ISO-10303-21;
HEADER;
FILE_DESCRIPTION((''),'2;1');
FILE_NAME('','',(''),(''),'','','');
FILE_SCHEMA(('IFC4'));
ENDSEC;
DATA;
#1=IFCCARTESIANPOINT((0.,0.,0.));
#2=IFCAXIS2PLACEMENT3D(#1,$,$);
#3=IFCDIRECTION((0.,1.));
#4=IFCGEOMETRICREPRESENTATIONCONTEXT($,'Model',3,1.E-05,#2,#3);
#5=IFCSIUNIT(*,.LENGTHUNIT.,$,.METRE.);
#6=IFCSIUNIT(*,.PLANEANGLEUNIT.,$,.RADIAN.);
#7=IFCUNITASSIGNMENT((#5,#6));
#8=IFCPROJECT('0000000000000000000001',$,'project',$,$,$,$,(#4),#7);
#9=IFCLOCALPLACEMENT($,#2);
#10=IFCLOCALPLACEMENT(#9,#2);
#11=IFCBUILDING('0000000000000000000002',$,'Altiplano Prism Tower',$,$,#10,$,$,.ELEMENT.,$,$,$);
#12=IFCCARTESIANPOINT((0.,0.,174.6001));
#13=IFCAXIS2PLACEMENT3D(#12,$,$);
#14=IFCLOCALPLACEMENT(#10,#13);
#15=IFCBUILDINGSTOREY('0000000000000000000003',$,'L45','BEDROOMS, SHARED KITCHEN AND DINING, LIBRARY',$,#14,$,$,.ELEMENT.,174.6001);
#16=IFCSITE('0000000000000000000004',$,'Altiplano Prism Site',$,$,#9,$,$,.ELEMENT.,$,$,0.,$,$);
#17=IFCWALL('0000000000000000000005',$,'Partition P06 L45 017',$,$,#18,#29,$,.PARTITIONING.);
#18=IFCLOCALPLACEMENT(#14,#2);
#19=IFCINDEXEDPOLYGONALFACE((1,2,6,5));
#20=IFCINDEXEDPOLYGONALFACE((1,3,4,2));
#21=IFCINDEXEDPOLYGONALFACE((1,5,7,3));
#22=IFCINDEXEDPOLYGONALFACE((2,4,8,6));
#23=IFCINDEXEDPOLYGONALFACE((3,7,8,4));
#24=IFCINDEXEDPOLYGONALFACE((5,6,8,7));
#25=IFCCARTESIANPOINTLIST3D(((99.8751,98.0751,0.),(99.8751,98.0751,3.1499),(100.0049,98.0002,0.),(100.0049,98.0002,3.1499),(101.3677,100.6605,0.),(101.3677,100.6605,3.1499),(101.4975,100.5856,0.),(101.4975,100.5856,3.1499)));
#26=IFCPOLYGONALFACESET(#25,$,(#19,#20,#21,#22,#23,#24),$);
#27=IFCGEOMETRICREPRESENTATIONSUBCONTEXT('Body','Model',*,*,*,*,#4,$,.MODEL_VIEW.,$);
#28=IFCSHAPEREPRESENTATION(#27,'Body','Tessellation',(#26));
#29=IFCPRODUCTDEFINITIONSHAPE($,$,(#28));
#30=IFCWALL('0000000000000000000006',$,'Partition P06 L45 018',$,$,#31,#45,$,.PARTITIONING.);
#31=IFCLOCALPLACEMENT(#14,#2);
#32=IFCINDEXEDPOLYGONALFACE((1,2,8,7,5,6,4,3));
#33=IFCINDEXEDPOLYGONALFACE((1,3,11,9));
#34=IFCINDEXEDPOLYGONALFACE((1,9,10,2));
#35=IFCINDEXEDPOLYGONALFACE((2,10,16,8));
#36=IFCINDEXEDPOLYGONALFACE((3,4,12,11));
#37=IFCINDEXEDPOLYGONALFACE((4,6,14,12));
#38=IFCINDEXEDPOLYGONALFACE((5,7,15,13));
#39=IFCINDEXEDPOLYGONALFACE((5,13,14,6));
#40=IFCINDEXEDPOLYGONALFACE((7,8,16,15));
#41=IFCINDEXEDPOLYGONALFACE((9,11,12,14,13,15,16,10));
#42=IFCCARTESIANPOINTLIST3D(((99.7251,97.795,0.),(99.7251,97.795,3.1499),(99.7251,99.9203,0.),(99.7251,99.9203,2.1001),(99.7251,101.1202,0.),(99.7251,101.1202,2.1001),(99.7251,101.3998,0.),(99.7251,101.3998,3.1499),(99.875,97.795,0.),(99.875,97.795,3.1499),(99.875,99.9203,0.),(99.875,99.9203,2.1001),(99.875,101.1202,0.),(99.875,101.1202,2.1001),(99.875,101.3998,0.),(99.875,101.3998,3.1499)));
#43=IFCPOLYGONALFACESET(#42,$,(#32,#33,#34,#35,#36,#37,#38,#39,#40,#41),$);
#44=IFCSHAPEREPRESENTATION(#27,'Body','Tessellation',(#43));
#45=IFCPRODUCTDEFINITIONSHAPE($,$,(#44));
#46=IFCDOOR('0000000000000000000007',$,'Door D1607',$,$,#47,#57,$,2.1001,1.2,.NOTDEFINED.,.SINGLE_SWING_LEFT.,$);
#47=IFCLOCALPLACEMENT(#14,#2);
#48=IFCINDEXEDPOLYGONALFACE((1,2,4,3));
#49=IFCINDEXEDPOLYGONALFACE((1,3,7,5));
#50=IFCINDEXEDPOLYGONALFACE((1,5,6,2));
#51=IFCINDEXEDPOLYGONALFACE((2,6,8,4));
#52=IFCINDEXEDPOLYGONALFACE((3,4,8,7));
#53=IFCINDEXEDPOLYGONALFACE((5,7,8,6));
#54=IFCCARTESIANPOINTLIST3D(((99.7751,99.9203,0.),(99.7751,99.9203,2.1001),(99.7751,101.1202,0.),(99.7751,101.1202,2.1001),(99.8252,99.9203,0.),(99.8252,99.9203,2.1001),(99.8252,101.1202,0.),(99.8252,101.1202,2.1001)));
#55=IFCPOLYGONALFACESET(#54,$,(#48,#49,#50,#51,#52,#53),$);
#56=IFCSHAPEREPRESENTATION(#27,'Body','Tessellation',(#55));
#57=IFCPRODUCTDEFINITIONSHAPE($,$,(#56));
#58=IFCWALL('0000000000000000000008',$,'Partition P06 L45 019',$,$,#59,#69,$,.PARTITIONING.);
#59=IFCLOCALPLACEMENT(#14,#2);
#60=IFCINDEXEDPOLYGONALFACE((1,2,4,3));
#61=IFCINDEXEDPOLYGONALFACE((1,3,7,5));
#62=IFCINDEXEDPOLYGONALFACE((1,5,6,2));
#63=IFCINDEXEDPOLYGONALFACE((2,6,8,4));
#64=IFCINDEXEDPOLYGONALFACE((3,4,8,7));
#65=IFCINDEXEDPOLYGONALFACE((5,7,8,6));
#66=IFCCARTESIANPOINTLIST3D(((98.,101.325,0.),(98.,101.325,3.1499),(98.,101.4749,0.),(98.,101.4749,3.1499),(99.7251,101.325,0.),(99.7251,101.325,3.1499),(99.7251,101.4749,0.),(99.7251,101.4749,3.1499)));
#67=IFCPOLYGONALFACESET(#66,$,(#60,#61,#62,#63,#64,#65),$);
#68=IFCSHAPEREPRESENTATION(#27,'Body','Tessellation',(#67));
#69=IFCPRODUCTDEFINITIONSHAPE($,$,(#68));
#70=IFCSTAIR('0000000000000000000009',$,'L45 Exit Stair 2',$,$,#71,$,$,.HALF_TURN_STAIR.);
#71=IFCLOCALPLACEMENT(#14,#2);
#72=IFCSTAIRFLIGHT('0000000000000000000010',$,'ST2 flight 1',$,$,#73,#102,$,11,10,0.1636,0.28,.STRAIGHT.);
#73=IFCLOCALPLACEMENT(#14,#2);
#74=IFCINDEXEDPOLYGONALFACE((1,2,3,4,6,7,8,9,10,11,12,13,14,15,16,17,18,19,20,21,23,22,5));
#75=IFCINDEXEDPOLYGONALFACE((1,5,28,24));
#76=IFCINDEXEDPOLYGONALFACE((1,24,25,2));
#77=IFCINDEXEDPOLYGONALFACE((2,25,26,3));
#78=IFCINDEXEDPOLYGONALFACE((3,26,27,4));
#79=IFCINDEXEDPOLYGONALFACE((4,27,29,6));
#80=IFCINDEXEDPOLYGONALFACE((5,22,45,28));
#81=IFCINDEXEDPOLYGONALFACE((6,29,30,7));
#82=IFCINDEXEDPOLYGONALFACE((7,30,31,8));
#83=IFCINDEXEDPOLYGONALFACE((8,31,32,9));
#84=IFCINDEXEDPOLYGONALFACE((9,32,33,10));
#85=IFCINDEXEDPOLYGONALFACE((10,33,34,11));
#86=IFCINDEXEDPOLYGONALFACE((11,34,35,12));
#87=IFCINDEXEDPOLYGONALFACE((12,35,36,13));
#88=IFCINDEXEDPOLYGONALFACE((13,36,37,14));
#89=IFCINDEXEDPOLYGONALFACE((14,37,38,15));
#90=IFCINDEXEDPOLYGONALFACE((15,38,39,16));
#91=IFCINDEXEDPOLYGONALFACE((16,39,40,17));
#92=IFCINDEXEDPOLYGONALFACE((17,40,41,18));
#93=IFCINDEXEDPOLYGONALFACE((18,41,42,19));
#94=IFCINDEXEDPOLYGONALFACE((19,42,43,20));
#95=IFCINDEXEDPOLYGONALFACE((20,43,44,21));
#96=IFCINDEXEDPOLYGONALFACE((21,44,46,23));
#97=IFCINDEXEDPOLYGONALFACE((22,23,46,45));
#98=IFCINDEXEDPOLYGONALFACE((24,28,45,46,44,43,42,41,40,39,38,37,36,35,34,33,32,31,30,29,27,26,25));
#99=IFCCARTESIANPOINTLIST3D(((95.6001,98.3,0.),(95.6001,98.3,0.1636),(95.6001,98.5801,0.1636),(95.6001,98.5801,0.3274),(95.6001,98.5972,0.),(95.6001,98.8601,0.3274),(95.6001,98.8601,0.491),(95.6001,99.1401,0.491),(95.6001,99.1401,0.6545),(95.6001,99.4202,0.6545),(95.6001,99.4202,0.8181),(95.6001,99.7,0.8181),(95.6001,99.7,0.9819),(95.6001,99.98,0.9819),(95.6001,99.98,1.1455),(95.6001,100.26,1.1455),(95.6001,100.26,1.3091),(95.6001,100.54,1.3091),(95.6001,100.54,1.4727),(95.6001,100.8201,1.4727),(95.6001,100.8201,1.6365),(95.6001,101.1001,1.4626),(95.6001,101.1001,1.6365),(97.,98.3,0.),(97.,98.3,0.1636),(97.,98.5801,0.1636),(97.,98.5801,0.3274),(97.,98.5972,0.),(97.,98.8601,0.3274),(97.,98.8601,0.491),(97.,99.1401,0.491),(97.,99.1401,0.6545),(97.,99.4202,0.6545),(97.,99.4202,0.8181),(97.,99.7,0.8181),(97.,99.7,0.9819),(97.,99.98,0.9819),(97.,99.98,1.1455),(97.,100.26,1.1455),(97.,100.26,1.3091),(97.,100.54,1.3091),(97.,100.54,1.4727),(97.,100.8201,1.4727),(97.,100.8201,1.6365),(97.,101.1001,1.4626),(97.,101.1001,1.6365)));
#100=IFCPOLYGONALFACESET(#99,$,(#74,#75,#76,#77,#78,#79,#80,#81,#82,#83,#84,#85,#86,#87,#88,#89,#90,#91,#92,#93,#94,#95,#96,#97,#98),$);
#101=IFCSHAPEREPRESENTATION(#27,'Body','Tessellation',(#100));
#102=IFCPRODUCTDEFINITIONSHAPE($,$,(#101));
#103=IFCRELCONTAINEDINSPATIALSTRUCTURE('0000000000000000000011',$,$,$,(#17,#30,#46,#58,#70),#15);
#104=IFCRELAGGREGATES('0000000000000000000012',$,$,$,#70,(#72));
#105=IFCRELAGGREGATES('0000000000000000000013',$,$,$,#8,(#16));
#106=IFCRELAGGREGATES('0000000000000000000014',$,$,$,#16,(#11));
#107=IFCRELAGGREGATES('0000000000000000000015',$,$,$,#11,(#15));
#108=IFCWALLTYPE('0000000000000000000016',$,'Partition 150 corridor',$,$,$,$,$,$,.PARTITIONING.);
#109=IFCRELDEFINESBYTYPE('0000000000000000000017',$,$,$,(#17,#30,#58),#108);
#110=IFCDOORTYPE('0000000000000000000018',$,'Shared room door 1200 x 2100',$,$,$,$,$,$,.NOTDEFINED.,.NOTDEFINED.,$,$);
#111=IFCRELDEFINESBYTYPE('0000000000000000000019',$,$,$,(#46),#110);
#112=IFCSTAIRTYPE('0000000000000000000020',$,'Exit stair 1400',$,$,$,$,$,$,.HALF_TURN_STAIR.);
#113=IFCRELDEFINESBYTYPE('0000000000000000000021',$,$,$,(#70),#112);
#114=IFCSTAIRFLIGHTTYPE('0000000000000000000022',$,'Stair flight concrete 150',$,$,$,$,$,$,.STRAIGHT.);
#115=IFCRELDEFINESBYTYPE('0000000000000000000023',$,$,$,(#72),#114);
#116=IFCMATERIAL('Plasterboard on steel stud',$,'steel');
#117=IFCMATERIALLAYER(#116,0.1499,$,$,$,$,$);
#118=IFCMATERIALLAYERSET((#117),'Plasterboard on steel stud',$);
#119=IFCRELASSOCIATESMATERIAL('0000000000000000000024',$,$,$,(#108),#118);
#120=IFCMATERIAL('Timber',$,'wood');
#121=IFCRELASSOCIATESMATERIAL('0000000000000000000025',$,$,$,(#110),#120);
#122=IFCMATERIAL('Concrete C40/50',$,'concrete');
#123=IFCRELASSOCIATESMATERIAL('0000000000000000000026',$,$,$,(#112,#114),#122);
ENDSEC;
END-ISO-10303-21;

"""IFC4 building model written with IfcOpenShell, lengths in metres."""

from ifc_helpers import new_model, si_unit, direction, frame, frame_2d, origin, place, context, subcontext, project, spatial, polyline, rectangle, outline, extrude, material, layer, layer_set, type_object, element, fill, aggregate, save


model = new_model("IFC4")

# Units and contexts
model_context = context("Model", 3, precision=1e-05, world=origin(), true_north=direction((0.0, 1.0)))
body_context = subcontext(model_context, "Body", "Model", "MODEL_VIEW")
ifc_project = project(units=[si_unit("LENGTHUNIT", "METRE"), si_unit("PLANEANGLEUNIT", "RADIAN")], contexts=[model_context])

# Site, building, storey
site_placement = place(None, origin())
site = spatial("IfcSite", under=ifc_project, at=site_placement, Name="Altiplano Prism Site", CompositionType="ELEMENT", RefElevation=0.0)
building_placement = place(site_placement, origin())
building = spatial("IfcBuilding", under=site, at=building_placement, Name="Altiplano Prism Tower", CompositionType="ELEMENT")
storey_placement = place(building_placement, frame((0.0, 0.0, 174.6001)))
storey = spatial("IfcBuildingStorey", under=building, at=storey_placement, Name="L45", Description="BEDROOMS, SHARED KITCHEN AND DINING, LIBRARY", CompositionType="ELEMENT", Elevation=174.6001)

# Wall
ifc_material_1 = material(Name="Plasterboard on steel stud", Category="steel")
ifc_layer_1 = layer(ifc_material_1, 0.1499)
ifc_layer_set_1 = layer_set([ifc_layer_1], Name="Plasterboard on steel stud")
wall_type_1 = type_object("IfcWallType", Name="Partition 150 corridor", PredefinedType="PARTITIONING", material=ifc_layer_set_1)
wall_1_placement = place(storey_placement, frame((101.4326, 100.623, 0.0), z_axis=(0.0, 0.0, 1.0), x_axis=(-0.499991, -0.86603, 0.0)))
element("IfcWall", 1, at=wall_1_placement, inside=storey, type_object=wall_type_1, Name="Partition P06 L45 017", PredefinedType="PARTITIONING", context=body_context, shape_type="SweptSolid", body=[
    extrude(rectangle(XDim=2.9854, YDim=0.1499, at=frame_2d((1.4927, 0.0))), origin(), (0.0, 0.0, 1.0), 3.1499),
])

# Wall, opening, door
wall_2_placement = place(storey_placement, frame((99.8, 97.7952, 0.0), z_axis=(0.0, 0.0, 1.0), x_axis=(0.0, 1.0, 0.0)))
wall_2 = element("IfcWall", 2, at=wall_2_placement, inside=storey, type_object=wall_type_1, Name="Partition P06 L45 018", PredefinedType="PARTITIONING", context=body_context, shape_type="SweptSolid", body=[
    extrude(rectangle(XDim=3.6047, YDim=0.1499, at=frame_2d((1.8022, 0.0))), origin(), (0.0, 0.0, 1.0), 3.1499),
])
opening_placement = place(wall_2_placement, frame((2.125, 0.0, 0.0)))
opening = element("IfcOpeningElement", 3, at=opening_placement, cuts=wall_2, PredefinedType="OPENING", context=body_context, shape_type="SweptSolid", body=[
    extrude(rectangle(XDim=1.2, YDim=2.1001, at=frame_2d((0.6001, 1.05))), frame((0.0, 0.0854, 0.0), z_axis=(0.0, -1.0, 0.0), x_axis=(1.0, 0.0, 0.0)), (0.0, 0.0, 1.0), 0.1709),
])
ifc_material_2 = material(Name="Timber", Category="wood")
door_type = type_object("IfcDoorType", Name="Shared room door 1200 x 2100", OperationType="NOTDEFINED", PredefinedType="NOTDEFINED", material=ifc_material_2)
door_placement = place(opening_placement, origin())
door = element("IfcDoor", 4, at=door_placement, inside=storey, type_object=door_type, Name="Door D1607", OperationType="SINGLE_SWING_LEFT", OverallHeight=2.1001, OverallWidth=1.2, PredefinedType="NOTDEFINED", context=body_context, shape_type="SweptSolid", body=[
    extrude(rectangle(XDim=1.2, YDim=2.1001, at=frame_2d((0.6001, 1.05))), frame((0.0, 0.0249, 0.0), z_axis=(0.0, -1.0, 0.0), x_axis=(1.0, 0.0, 0.0)), (0.0, 0.0, 1.0), 0.05),
])
fill(opening, door)

# Wall
wall_3_placement = place(storey_placement, frame((99.7251, 101.3999, 0.0), z_axis=(0.0, 0.0, 1.0), x_axis=(-1.0, 0.0, 0.0)))
element("IfcWall", 5, at=wall_3_placement, inside=storey, type_object=wall_type_1, Name="Partition P06 L45 019", PredefinedType="PARTITIONING", context=body_context, shape_type="SweptSolid", body=[
    extrude(rectangle(XDim=1.7251, YDim=0.1499, at=frame_2d((0.8625, 0.0))), origin(), (0.0, 0.0, 1.0), 3.1499),
])

# Stair, stair flight
ifc_material_3 = material(Name="Concrete C40/50", Category="concrete")
stair_type = type_object("IfcStairType", Name="Exit stair 1400", PredefinedType="HALF_TURN_STAIR", material=ifc_material_3)
stair_placement = place(storey_placement, origin())
stair = element("IfcStair", 6, at=stair_placement, inside=storey, type_object=stair_type, Name="L45 Exit Stair 2", PredefinedType="HALF_TURN_STAIR")
stair_flight_type = type_object("IfcStairFlightType", Name="Stair flight concrete 150", PredefinedType="STRAIGHT", material=ifc_material_3)
stair_flight_placement = place(storey_placement, frame((96.3, 98.3, 0.0), z_axis=(0.0, 0.0, 1.0), x_axis=(0.0, 1.0, 0.0)))
stair_flight = element("IfcStairFlight", 7, at=stair_flight_placement, type_object=stair_flight_type, Name="ST2 flight 1", NumberOfRisers=11, NumberOfTreads=10, PredefinedType="STRAIGHT", RiserHeight=0.1636, TreadLength=0.28, context=body_context, shape_type="SweptSolid", body=[
    extrude(outline(polyline([(0.0, 0.0), (0.0, 0.1636), (0.28, 0.1636), (0.28, 0.3274), (0.5601, 0.3274), (0.5601, 0.491), (0.8401, 0.491), (0.8401, 0.6545), (1.1201, 0.6545), (1.1201, 0.8181), (1.3999, 0.8181), (1.3999, 0.9819), (1.6799, 0.9819), (1.6799, 1.1455), (1.96, 1.1455), (1.96, 1.3091), (2.24, 1.3091), (2.24, 1.4727), (2.52, 1.4727), (2.52, 1.6365), (2.8, 1.6365), (2.8, 1.8), (2.8, 1.4626), (0.2971, 0.0), (0.0, 0.0)])), frame((0.0, 0.7, 0.0), z_axis=(0.0, -1.0, 0.0), x_axis=(1.0, 0.0, 0.0)), (0.0, 0.0, 1.0), 1.3999),
])
aggregate(stair, [stair_flight])

save(model, "model.ifc")
